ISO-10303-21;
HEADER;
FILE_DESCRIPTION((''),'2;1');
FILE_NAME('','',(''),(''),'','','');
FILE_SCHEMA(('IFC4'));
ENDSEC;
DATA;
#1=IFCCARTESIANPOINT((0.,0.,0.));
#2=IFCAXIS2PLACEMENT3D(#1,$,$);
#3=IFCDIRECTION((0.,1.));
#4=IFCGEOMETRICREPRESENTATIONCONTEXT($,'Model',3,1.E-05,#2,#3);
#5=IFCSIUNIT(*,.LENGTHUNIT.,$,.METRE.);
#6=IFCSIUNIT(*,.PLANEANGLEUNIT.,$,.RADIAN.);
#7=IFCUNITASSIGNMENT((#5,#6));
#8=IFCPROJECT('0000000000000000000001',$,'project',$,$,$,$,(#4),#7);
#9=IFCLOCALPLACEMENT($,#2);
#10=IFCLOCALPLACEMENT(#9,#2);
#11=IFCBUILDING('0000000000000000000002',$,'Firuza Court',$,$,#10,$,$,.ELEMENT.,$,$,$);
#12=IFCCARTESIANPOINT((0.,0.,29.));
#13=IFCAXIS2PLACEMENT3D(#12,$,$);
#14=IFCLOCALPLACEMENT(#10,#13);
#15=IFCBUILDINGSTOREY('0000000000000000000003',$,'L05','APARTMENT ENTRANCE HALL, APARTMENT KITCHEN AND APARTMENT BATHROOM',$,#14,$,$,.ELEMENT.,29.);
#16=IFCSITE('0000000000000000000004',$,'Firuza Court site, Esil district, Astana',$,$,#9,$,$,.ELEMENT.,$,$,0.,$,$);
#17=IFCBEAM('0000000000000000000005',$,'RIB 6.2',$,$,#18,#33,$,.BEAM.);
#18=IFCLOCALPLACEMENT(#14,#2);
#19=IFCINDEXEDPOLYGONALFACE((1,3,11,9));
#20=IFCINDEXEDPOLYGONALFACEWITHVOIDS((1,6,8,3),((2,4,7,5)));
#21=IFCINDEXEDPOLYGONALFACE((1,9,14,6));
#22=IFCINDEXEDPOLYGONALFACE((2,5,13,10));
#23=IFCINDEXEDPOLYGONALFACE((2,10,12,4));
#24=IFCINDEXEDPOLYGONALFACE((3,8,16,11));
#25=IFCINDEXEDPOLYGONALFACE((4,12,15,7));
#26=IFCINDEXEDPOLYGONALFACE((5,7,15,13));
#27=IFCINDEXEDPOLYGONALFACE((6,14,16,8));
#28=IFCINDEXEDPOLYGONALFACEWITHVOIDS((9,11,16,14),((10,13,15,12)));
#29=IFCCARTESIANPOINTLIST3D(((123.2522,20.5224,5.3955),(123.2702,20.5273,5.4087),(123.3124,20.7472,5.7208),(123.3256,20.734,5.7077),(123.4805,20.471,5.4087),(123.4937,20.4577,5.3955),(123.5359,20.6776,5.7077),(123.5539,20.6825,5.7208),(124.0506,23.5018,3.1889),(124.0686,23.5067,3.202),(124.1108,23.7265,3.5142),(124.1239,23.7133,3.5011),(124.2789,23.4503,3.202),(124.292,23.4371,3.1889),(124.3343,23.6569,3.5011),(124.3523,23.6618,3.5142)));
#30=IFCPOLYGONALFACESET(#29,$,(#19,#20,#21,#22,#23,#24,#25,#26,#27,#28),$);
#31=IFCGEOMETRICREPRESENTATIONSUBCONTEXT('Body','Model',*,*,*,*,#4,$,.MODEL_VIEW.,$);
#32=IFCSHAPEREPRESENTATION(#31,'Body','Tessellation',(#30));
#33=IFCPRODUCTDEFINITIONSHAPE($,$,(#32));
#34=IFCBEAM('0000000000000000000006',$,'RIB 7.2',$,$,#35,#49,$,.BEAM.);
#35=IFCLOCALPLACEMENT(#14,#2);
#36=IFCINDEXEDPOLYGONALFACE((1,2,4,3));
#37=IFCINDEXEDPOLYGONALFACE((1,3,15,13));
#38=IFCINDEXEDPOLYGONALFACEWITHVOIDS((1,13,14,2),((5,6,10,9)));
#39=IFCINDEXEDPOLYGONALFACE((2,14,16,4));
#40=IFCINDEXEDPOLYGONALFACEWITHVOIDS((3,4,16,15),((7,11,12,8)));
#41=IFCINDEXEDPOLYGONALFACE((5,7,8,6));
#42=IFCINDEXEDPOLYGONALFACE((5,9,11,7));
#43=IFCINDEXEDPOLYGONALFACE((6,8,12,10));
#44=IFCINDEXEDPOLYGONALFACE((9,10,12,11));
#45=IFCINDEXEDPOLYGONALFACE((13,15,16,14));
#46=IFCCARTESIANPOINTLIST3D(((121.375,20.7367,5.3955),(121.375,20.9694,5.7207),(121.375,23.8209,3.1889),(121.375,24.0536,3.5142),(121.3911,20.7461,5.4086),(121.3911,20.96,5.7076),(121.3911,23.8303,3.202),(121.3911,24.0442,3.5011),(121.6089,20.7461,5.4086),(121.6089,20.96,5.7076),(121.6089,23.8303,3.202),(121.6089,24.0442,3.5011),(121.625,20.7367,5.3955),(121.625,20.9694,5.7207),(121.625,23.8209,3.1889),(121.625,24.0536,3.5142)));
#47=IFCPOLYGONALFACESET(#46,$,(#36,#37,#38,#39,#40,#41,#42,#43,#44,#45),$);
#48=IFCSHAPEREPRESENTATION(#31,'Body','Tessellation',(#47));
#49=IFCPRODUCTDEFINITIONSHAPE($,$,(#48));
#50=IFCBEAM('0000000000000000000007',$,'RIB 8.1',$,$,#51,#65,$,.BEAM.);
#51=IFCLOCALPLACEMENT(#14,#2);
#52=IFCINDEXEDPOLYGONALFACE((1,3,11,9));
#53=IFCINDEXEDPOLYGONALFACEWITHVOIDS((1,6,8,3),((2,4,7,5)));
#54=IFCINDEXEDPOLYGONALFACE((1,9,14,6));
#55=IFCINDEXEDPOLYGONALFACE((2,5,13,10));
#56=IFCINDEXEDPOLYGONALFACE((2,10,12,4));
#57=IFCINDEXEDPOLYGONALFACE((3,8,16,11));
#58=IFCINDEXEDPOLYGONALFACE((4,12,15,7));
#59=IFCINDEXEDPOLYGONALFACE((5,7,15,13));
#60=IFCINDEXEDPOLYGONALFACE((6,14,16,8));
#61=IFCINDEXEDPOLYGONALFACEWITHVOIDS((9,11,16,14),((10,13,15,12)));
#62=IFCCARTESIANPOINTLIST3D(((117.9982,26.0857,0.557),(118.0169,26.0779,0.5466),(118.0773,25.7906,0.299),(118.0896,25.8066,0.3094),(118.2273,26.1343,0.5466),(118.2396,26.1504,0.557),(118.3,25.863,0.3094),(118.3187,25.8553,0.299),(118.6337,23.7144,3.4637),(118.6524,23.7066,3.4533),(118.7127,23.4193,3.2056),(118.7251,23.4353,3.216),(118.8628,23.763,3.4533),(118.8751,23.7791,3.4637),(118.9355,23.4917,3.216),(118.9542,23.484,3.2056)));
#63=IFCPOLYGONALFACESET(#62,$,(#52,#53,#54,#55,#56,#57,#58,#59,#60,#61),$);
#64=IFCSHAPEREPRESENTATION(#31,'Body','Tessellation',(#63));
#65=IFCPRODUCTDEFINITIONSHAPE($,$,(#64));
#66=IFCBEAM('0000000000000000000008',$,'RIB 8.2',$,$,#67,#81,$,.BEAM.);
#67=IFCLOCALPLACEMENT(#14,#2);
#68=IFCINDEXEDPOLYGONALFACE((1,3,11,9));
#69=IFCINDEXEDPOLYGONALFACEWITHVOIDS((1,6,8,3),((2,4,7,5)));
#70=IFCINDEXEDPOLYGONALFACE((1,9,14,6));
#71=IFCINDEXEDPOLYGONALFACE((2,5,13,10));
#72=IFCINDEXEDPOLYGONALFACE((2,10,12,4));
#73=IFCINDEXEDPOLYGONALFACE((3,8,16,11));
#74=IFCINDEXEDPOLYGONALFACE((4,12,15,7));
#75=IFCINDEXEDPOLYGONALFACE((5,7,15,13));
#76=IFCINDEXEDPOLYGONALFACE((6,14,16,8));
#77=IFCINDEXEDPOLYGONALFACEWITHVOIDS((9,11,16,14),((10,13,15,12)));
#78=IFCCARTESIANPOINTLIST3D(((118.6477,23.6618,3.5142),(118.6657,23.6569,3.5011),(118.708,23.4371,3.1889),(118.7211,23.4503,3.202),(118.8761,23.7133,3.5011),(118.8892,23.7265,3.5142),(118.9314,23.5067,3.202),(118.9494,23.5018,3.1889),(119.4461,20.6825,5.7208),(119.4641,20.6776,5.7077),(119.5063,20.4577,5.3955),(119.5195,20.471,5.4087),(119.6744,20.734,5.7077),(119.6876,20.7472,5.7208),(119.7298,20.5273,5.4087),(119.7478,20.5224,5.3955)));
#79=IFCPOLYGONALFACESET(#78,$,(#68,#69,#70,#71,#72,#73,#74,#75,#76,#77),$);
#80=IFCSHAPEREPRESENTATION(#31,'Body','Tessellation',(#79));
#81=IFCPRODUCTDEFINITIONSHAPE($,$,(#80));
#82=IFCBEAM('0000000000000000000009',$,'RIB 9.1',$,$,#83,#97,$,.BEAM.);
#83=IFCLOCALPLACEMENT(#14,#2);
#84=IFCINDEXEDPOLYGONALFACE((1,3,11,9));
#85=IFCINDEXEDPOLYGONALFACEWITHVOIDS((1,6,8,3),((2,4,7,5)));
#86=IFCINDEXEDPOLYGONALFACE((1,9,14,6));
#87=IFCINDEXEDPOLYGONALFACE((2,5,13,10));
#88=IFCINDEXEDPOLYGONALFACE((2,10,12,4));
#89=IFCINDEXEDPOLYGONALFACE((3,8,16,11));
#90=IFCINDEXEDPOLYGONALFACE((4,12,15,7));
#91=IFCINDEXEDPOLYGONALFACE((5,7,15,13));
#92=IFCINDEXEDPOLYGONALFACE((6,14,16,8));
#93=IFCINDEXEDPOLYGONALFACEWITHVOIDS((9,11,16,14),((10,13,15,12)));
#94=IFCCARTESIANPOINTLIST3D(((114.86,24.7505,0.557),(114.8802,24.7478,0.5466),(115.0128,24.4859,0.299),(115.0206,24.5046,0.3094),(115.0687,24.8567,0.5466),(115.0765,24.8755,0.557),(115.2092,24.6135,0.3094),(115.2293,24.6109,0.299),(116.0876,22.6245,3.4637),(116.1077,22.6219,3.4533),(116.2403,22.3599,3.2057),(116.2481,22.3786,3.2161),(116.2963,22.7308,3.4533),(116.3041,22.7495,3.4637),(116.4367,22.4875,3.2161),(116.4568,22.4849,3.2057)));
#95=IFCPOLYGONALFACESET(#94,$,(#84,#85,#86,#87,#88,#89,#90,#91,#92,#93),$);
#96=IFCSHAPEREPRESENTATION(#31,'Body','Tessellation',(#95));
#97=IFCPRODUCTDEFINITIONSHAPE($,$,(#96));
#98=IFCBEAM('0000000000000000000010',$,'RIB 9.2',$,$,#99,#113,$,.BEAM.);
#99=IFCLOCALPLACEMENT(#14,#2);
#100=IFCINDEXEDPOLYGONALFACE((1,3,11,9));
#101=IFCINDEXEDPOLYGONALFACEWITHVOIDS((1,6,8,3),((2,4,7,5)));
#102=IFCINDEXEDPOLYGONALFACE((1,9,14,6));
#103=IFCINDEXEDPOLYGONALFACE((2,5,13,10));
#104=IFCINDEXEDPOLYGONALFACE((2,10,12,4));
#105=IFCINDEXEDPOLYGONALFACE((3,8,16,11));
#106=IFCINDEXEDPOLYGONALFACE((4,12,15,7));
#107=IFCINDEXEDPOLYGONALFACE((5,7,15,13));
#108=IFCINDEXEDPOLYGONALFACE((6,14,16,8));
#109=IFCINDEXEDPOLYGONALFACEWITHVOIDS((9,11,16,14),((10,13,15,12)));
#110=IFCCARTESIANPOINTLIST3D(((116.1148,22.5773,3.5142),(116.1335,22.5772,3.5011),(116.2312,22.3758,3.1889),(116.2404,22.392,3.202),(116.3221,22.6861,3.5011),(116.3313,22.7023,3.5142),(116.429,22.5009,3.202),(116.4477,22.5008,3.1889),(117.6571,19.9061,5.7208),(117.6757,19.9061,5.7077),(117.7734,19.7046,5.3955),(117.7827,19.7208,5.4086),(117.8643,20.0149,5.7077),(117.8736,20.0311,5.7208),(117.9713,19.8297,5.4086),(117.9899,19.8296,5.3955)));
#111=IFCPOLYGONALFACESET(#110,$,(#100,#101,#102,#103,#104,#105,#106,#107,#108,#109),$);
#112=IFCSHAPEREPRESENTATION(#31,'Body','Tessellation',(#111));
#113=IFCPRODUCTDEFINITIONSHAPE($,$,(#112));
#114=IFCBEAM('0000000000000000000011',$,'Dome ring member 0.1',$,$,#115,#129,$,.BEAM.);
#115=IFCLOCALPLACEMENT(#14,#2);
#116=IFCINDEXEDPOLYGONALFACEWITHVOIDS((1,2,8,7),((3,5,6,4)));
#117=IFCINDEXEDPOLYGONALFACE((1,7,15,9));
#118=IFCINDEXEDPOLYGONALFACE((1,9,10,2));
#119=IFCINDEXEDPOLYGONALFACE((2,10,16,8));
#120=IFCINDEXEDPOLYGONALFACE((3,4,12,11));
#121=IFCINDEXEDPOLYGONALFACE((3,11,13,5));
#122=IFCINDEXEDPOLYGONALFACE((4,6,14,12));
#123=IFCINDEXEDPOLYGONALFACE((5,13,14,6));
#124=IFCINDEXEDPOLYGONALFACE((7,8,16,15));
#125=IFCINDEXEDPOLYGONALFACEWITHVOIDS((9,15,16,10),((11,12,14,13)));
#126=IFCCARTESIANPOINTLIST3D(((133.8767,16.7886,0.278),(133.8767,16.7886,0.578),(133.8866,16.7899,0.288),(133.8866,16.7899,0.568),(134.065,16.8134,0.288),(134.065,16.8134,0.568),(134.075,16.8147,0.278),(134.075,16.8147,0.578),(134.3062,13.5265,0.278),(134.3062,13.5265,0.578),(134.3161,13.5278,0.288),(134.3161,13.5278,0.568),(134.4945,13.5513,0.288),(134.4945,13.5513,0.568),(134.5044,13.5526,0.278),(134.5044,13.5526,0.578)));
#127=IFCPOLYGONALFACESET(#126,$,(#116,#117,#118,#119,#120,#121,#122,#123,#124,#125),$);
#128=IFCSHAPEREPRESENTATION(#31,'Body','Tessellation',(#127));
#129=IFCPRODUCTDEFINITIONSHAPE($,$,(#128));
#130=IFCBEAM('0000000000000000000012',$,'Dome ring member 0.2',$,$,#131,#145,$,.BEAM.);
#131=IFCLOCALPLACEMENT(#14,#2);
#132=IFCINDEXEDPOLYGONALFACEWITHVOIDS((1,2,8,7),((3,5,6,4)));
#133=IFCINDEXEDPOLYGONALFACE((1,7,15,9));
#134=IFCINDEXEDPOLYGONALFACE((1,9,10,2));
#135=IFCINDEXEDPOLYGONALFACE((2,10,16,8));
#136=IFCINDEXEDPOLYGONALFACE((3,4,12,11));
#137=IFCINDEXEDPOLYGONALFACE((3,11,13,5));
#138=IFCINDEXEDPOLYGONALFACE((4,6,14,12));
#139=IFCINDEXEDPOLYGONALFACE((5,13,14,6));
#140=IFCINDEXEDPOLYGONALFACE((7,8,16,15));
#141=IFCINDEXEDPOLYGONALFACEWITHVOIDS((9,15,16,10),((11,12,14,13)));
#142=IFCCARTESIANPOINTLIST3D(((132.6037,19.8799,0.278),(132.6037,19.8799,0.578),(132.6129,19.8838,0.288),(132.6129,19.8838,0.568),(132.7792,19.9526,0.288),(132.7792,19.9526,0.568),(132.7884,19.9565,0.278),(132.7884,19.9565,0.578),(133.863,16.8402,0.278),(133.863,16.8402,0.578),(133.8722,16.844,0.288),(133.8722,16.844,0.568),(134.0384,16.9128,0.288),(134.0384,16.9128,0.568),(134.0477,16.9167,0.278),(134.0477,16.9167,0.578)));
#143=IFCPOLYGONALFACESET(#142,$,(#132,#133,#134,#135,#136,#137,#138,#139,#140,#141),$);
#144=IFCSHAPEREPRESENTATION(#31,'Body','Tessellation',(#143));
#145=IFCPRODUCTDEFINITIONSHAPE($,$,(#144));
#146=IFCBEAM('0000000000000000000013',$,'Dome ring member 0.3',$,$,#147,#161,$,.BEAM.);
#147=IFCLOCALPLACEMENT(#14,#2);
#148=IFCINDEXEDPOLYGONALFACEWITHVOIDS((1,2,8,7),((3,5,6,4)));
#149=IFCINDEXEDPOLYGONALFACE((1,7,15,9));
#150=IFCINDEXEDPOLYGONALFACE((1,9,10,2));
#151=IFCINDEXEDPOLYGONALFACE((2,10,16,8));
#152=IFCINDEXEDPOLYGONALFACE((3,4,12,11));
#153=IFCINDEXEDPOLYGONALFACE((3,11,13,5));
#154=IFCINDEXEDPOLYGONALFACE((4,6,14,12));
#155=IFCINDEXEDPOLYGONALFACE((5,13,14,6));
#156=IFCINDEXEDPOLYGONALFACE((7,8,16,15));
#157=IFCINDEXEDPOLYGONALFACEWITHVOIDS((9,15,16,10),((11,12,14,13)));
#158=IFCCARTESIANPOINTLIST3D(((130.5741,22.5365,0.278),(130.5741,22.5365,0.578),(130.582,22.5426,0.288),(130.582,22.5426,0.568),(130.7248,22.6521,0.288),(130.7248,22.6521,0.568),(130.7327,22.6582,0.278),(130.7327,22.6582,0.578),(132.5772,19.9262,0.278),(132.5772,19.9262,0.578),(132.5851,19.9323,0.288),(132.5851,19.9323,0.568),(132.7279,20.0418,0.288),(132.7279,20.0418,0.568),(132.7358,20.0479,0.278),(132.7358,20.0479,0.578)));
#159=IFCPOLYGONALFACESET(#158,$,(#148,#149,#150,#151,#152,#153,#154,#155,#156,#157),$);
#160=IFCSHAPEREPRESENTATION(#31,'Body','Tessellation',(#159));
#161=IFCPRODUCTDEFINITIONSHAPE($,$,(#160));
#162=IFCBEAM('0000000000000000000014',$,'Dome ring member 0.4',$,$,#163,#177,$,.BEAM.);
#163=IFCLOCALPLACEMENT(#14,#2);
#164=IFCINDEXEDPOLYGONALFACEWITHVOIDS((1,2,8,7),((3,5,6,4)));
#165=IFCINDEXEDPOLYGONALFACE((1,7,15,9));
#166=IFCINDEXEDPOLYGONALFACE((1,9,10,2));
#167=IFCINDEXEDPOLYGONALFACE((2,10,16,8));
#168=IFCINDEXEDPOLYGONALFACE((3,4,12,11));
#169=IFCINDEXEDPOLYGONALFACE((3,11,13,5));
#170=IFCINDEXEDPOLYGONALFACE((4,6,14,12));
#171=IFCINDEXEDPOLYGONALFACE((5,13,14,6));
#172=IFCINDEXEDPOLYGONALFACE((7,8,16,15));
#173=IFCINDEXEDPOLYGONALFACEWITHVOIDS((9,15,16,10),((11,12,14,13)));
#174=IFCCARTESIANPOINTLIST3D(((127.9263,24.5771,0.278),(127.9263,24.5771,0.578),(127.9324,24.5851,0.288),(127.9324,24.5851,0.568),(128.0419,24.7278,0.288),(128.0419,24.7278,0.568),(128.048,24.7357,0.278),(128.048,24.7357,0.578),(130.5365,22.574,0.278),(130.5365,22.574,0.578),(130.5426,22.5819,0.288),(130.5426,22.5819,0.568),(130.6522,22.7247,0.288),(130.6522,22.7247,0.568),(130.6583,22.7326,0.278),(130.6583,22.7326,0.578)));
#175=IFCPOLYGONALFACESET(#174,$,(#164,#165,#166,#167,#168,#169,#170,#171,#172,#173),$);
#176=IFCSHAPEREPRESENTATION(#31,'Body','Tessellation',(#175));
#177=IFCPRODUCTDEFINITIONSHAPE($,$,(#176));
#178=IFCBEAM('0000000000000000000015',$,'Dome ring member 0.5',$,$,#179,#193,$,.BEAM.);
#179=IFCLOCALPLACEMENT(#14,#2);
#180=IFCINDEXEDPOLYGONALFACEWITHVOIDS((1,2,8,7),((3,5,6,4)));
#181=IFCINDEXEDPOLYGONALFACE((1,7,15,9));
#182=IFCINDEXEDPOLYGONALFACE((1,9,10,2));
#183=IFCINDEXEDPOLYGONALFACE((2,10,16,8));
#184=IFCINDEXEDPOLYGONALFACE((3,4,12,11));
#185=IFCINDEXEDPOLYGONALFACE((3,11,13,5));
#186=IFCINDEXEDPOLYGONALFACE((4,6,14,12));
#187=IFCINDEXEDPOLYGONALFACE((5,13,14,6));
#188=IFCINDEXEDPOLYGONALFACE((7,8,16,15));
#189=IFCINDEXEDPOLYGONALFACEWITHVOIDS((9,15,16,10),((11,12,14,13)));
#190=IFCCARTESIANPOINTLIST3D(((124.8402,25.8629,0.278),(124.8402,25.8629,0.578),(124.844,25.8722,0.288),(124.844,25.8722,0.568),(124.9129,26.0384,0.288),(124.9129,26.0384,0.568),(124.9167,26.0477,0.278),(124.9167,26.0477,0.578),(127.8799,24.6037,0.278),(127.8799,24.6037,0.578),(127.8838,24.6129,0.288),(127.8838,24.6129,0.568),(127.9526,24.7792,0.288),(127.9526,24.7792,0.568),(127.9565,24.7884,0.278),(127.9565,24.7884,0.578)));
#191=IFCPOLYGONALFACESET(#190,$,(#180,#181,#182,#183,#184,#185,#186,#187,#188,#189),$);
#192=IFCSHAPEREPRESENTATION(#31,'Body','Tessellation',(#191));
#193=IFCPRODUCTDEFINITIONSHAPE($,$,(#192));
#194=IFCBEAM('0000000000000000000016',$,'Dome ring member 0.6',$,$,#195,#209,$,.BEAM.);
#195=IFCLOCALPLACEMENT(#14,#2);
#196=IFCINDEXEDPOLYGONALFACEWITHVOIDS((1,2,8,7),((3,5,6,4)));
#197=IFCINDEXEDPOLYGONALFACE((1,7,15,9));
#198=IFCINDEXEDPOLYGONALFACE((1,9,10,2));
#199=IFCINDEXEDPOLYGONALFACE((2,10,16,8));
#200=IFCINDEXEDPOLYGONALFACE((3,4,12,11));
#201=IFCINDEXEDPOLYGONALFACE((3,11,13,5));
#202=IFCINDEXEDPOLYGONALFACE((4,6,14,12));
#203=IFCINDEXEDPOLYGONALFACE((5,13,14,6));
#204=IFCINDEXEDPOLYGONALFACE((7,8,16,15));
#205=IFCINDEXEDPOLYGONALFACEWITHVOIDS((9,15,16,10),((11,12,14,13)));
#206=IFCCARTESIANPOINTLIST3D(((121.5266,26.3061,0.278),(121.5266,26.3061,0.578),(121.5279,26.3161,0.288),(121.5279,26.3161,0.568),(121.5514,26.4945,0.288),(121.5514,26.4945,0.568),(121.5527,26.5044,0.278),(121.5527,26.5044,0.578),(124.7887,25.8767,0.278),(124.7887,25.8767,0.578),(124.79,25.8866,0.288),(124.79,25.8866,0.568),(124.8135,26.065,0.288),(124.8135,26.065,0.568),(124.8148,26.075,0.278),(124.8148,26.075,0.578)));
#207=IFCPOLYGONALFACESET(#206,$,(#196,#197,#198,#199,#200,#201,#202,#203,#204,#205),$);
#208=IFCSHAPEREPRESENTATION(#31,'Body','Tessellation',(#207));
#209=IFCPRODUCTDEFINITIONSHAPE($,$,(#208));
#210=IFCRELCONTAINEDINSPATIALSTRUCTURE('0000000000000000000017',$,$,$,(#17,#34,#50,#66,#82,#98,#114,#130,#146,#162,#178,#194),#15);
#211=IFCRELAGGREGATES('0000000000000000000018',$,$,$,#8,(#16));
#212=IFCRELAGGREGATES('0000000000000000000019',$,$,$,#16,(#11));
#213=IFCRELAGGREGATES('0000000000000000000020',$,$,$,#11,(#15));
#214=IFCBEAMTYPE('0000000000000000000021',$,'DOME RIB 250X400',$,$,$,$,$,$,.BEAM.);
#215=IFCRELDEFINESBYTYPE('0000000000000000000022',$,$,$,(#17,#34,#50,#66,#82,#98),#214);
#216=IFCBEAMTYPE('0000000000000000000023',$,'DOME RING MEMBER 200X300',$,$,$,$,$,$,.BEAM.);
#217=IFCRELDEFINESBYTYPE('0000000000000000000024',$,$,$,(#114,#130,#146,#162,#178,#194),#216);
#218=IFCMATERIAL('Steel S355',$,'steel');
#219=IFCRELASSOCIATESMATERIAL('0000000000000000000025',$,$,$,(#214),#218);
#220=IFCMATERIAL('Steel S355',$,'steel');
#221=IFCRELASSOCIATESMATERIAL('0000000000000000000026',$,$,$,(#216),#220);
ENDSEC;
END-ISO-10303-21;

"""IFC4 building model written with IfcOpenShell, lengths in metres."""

from ifc_helpers import new_model, si_unit, direction, frame, origin, origin_2d, place, context, subcontext, project, spatial, hollow_rectangle, extrude, material, material_profile, profile_set, type_object, element, save


model = new_model("IFC4")

# Units and contexts
model_context = context("Model", 3, precision=1e-05, world=origin(), true_north=direction((0.0, 1.0)))
body_context = subcontext(model_context, "Body", "Model", "MODEL_VIEW")
ifc_project = project(units=[si_unit("LENGTHUNIT", "METRE"), si_unit("PLANEANGLEUNIT", "RADIAN")], contexts=[model_context])

# Site, building, storey
site_placement = place(None, origin())
site = spatial("IfcSite", under=ifc_project, at=site_placement, Name="Firuza Court site, Esil district, Astana", CompositionType="ELEMENT", RefElevation=0.0)
building_placement = place(site_placement, origin())
building = spatial("IfcBuilding", under=site, at=building_placement, Name="Firuza Court", CompositionType="ELEMENT")
storey_placement = place(building_placement, frame((0.0, 0.0, 29.0)))
storey = spatial("IfcBuildingStorey", under=building, at=storey_placement, Name="L05", Description="APARTMENT ENTRANCE HALL, APARTMENT KITCHEN AND APARTMENT BATHROOM", CompositionType="ELEMENT", Elevation=29.0)

# Beams
ifc_material_1 = material(Name="Steel S355", Category="steel")
ifc_material_profile_1 = material_profile(ifc_material_1, hollow_rectangle(XDim=0.25, YDim=0.3999, WallThickness=0.0161, at=origin_2d()), Name="RHS 400X250X16")
ifc_profile_set_1 = profile_set([ifc_material_profile_1], Name="Steel S355")
beam_type_1 = type_object("IfcBeamType", Name="DOME RIB 250X400", PredefinedType="BEAM", material=ifc_profile_set_1)
beam_1_placement = place(storey_placement, frame((124.2014, 23.5818, 3.3516), z_axis=(-0.210512, -0.785589, 0.581837), x_axis=(0.965922, -0.258835, 0.0)))
element("IfcBeam", 1, at=beam_1_placement, inside=storey, type_object=beam_type_1, Name="RIB 6.2", PredefinedType="BEAM", context=body_context, shape_type="SweptSolid", body=[
    extrude(hollow_rectangle(XDim=0.25, YDim=0.3999, WallThickness=0.0161, at=origin_2d()), origin(), (0.0, 0.0, 1.0), 3.7925),
])
beam_2_placement = place(storey_placement, frame((121.5, 23.9373, 3.3516), z_axis=(0.0, -0.813294, 0.581853), x_axis=(1.0, 0.0, 0.0)))
element("IfcBeam", 2, at=beam_2_placement, inside=storey, type_object=beam_type_1, Name="RIB 7.2", PredefinedType="BEAM", context=body_context, shape_type="SweptSolid", body=[
    extrude(hollow_rectangle(XDim=0.25, YDim=0.3999, WallThickness=0.0161, at=origin_2d()), origin(), (0.0, 0.0, 1.0), 3.7922),
])
beam_3_placement = place(storey_placement, frame((118.1584, 25.9705, 0.428), z_axis=(0.167027, -0.623255, 0.763973), x_axis=(0.965916, 0.258857, 0.0)))
element("IfcBeam", 3, at=beam_3_placement, inside=storey, type_object=beam_type_1, Name="RIB 8.1", PredefinedType="BEAM", context=body_context, shape_type="SweptSolid", body=[
    extrude(hollow_rectangle(XDim=0.25, YDim=0.3999, WallThickness=0.0161, at=origin_2d()), origin(), (0.0, 0.0, 1.0), 3.8047),
])
beam_4_placement = place(storey_placement, frame((118.7986, 23.5818, 3.3516), z_axis=(0.210512, -0.785589, 0.581837), x_axis=(0.965922, 0.258835, 0.0)))
element("IfcBeam", 4, at=beam_4_placement, inside=storey, type_object=beam_type_1, Name="RIB 8.2", PredefinedType="BEAM", context=body_context, shape_type="SweptSolid", body=[
    extrude(hollow_rectangle(XDim=0.25, YDim=0.3999, WallThickness=0.0161, at=origin_2d()), origin(), (0.0, 0.0, 1.0), 3.7925),
])
beam_5_placement = place(storey_placement, frame((115.0447, 24.6807, 0.428), z_axis=(0.322637, -0.558776, 0.763986), x_axis=(0.866007, 0.500032, 0.0)))
element("IfcBeam", 5, at=beam_5_placement, inside=storey, type_object=beam_type_1, Name="RIB 9.1", PredefinedType="BEAM", context=body_context, shape_type="SweptSolid", body=[
    extrude(hollow_rectangle(XDim=0.25, YDim=0.3999, WallThickness=0.0161, at=origin_2d()), origin(), (0.0, 0.0, 1.0), 3.8047),
])
beam_6_placement = place(storey_placement, frame((116.2812, 22.5391, 3.3516), z_axis=(0.406665, -0.70434, 0.581832), x_axis=(0.866018, 0.500013, 0.0)))
element("IfcBeam", 6, at=beam_6_placement, inside=storey, type_object=beam_type_1, Name="RIB 9.2", PredefinedType="BEAM", context=body_context, shape_type="SweptSolid", body=[
    extrude(hollow_rectangle(XDim=0.25, YDim=0.3999, WallThickness=0.0161, at=origin_2d()), origin(), (0.0, 0.0, 1.0), 3.7925),
])
ifc_material_2 = material(Name="Steel S355", Category="steel")
ifc_material_profile_2 = material_profile(ifc_material_2, hollow_rectangle(XDim=0.2, YDim=0.3, WallThickness=0.01, at=origin_2d()), Name="RHS 300X200X10")
ifc_profile_set_2 = profile_set([ifc_material_profile_2], Name="Steel S355")
beam_type_2 = type_object("IfcBeamType", Name="DOME RING MEMBER 200X300", PredefinedType="BEAM", material=ifc_profile_set_2)
for number, where, z_axis, x_axis, name in (
    (7, (134.4053, 13.5396, 0.428), (-0.130516, 0.991446, 0.0), (-0.991446, -0.130516, 0.0), "Dome ring member 0.1"),
    (8, (133.9553, 16.8784, 0.428), (-0.382723, 0.923863, 0.0), (-0.923863, -0.382723, 0.0), "Dome ring member 0.2"),
    (9, (132.6565, 19.9871, 0.428), (-0.608796, 0.793327, 0.0), (-0.793327, -0.608796, 0.0), "Dome ring member 0.3"),
    (10, (130.5974, 22.6533, 0.428), (-0.793327, 0.608796, 0.0), (-0.608796, -0.793327, 0.0), "Dome ring member 0.4"),
    (11, (127.9182, 24.696, 0.428), (-0.923863, 0.382723, 0.0), (-0.382723, -0.923863, 0.0), "Dome ring member 0.5"),
    (12, (124.8018, 25.9758, 0.428), (-0.991446, 0.130516, 0.0), (-0.130516, -0.991446, 0.0), "Dome ring member 0.6"),
):
    element("IfcBeam", number, at=place(storey_placement, frame(where, z_axis=z_axis, x_axis=x_axis)), inside=storey, type_object=beam_type_2, Name=name, PredefinedType="BEAM", context=body_context, shape_type="SweptSolid", body=[
        extrude(hollow_rectangle(XDim=0.2, YDim=0.3, WallThickness=0.01, at=origin_2d()), origin(), (0.0, 0.0, 1.0), 3.2903),
    ])

save(model, "model.ifc")
